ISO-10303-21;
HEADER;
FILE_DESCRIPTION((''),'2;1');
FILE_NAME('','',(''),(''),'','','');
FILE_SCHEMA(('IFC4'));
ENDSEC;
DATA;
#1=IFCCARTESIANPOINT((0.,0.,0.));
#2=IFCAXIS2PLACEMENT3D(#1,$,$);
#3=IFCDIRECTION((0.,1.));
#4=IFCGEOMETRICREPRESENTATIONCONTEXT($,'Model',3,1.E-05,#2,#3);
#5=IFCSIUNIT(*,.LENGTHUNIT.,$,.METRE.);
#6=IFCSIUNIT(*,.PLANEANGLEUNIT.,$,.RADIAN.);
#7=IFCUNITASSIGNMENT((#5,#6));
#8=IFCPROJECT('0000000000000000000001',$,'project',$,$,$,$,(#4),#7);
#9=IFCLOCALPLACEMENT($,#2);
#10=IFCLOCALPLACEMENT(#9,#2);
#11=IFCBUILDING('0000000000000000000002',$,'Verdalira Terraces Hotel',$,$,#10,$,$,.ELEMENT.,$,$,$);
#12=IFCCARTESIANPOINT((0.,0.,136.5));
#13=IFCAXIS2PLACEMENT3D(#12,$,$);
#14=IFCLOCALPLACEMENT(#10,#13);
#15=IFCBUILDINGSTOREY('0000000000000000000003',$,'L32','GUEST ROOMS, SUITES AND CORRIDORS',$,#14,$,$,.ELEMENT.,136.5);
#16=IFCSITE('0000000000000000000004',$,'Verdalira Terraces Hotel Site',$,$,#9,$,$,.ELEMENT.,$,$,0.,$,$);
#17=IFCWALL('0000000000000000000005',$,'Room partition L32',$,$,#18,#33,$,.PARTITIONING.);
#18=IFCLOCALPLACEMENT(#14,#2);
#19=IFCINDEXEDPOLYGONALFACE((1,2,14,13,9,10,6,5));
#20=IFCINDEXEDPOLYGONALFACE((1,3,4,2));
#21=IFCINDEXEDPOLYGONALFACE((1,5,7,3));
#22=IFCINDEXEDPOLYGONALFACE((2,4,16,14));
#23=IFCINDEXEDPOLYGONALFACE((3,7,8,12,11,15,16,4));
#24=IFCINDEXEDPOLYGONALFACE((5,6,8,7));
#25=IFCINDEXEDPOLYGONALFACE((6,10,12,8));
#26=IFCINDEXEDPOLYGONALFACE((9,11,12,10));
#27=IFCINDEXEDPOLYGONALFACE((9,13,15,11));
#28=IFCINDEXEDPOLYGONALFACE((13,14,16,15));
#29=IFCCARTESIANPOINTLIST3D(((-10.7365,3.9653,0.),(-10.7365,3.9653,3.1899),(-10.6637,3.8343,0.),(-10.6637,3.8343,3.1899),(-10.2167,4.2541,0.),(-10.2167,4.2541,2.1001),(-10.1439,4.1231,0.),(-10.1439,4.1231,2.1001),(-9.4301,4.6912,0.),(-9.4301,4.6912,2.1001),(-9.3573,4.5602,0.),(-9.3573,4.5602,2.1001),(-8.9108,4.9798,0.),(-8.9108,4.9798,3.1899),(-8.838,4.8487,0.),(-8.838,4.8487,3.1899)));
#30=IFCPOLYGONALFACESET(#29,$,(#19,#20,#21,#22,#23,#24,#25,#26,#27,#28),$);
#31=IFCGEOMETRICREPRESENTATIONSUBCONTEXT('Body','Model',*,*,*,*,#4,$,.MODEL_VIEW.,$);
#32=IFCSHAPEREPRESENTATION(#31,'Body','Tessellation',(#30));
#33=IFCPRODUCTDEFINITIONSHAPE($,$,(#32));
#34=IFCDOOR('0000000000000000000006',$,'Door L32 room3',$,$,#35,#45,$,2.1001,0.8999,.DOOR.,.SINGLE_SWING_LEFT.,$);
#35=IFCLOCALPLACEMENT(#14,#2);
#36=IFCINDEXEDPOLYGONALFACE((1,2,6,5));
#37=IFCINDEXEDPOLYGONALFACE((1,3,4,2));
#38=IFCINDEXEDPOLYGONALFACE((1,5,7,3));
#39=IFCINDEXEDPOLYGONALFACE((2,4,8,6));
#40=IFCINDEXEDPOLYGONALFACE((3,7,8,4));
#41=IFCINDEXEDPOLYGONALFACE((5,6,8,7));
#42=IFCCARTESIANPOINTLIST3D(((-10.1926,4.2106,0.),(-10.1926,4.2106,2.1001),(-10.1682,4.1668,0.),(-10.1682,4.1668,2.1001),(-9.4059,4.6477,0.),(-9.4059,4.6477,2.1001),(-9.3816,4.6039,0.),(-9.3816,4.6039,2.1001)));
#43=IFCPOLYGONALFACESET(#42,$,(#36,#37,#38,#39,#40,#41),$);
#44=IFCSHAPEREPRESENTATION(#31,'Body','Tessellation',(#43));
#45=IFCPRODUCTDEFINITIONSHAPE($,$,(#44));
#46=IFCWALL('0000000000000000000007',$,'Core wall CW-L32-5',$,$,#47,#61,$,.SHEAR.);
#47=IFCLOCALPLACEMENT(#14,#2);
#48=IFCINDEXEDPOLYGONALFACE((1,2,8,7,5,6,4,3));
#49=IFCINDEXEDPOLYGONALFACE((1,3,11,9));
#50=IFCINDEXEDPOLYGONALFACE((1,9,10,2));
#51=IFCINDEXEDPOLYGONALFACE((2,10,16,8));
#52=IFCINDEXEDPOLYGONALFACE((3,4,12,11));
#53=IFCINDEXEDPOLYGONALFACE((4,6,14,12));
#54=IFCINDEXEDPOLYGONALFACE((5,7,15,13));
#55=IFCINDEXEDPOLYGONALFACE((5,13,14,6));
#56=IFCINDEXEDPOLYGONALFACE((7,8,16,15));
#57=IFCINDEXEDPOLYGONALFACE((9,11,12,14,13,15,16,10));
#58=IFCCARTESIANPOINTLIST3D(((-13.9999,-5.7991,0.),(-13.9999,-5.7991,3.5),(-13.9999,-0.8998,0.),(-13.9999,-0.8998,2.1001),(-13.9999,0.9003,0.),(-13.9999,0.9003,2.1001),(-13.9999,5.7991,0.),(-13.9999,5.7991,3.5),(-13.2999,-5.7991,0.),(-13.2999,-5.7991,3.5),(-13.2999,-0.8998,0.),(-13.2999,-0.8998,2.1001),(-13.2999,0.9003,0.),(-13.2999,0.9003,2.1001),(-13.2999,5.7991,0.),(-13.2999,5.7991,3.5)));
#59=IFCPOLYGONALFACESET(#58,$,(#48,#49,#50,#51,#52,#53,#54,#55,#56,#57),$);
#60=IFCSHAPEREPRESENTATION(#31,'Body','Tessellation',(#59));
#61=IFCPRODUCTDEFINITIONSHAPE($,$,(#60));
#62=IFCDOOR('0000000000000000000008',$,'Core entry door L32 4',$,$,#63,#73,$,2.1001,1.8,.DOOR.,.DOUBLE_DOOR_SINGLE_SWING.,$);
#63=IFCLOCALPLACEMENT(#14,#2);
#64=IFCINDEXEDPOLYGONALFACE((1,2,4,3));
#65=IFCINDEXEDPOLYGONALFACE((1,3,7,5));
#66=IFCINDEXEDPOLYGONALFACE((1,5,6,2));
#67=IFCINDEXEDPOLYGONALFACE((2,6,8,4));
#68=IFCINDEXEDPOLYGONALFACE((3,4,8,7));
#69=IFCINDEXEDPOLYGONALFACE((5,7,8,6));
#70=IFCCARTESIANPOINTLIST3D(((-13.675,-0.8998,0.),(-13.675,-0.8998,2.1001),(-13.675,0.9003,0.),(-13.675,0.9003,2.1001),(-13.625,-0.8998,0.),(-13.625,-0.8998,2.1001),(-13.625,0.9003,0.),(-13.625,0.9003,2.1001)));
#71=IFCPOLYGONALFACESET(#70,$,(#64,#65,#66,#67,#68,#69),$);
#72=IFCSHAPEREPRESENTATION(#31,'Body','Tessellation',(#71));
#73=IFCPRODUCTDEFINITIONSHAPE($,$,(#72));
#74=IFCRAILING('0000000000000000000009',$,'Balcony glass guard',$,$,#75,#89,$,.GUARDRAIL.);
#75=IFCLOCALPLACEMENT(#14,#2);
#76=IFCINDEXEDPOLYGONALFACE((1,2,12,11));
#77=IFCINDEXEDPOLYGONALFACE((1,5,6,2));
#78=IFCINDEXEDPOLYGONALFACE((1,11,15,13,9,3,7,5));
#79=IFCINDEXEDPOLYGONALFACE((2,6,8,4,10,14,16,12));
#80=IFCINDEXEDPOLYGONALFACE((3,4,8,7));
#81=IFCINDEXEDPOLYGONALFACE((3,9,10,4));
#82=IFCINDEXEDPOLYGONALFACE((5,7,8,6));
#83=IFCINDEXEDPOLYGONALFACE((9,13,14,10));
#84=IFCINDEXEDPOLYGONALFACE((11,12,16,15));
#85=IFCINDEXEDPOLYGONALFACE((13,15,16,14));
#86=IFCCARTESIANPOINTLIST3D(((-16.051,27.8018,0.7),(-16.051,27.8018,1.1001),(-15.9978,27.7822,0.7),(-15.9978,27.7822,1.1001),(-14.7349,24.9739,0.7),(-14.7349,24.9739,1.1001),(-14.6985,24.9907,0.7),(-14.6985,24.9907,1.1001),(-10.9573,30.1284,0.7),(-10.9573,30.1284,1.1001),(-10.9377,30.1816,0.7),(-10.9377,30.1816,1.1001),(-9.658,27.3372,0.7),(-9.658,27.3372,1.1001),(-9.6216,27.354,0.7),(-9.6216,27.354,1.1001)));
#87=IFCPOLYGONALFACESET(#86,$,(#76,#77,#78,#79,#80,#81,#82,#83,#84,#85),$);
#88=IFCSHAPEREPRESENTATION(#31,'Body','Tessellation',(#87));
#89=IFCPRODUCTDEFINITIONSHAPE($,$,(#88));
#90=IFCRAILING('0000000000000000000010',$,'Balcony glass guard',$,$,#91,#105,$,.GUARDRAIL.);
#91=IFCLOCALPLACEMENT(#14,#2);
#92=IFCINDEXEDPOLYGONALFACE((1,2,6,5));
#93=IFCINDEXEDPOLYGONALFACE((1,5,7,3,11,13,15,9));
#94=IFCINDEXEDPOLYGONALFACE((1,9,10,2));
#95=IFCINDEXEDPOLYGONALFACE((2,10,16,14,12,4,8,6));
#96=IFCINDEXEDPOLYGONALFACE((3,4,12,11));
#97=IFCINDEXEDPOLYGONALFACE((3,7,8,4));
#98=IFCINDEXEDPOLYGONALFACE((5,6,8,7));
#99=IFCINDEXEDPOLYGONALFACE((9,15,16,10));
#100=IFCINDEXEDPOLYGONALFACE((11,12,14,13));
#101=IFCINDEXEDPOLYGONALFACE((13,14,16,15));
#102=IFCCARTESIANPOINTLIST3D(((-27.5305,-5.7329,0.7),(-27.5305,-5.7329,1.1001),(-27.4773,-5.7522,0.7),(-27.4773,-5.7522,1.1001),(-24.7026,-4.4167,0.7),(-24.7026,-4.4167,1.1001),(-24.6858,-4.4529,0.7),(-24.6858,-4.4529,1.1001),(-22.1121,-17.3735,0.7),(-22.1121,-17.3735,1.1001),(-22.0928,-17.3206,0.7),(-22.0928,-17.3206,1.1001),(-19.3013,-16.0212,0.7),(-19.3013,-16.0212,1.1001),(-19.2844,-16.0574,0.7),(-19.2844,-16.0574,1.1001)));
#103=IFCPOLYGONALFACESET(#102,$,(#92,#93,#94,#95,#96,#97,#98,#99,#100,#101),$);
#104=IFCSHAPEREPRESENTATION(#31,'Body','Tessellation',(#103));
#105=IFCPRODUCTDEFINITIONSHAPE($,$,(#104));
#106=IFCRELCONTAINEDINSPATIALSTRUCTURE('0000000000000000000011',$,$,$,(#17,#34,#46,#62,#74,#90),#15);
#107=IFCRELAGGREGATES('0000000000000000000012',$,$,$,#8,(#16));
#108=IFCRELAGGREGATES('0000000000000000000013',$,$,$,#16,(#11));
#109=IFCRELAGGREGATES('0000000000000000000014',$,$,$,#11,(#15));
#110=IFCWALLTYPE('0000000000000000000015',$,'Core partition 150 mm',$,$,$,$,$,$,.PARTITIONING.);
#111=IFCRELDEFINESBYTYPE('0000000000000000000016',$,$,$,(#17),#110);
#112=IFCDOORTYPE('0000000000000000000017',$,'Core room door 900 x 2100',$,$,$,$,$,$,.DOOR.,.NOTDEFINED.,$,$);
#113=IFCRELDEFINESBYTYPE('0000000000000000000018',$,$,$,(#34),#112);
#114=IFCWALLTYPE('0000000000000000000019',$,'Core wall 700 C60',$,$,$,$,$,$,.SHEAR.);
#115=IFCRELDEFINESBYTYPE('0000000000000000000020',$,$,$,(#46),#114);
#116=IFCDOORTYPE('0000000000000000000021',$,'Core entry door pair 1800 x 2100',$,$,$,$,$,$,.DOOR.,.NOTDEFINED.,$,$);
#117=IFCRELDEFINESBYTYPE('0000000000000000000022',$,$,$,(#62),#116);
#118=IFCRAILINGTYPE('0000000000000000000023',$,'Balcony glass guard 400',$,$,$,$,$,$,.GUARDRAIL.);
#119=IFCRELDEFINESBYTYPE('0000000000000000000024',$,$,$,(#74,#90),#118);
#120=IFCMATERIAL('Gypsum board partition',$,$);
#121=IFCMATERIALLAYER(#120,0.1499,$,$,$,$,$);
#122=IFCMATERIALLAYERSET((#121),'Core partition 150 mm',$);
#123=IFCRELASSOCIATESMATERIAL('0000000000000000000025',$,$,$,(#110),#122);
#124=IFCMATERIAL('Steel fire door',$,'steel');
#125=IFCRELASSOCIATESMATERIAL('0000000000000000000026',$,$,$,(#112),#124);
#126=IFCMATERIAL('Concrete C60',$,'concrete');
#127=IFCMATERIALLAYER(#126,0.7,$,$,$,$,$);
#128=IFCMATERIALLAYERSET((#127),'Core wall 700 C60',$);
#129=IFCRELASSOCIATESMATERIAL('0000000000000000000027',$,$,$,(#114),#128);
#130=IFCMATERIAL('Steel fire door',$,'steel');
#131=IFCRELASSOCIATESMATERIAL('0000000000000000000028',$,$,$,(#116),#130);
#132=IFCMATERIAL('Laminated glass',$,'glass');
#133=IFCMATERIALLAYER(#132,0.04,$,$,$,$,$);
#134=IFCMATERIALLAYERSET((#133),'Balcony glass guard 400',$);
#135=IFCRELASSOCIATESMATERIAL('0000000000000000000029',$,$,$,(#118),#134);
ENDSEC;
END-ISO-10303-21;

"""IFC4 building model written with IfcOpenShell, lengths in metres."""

from ifc_helpers import new_model, si_unit, direction, frame, frame_2d, origin, place, context, subcontext, project, spatial, polyline, rectangle, outline, extrude, material, layer, layer_set, type_object, element, fill, save


model = new_model("IFC4")

# Units and contexts
model_context = context("Model", 3, precision=1e-05, world=origin(), true_north=direction((0.0, 1.0)))
body_context = subcontext(model_context, "Body", "Model", "MODEL_VIEW")
ifc_project = project(units=[si_unit("LENGTHUNIT", "METRE"), si_unit("PLANEANGLEUNIT", "RADIAN")], contexts=[model_context])

# Site, building, storey
site_placement = place(None, origin())
site = spatial("IfcSite", under=ifc_project, at=site_placement, Name="Verdalira Terraces Hotel Site", CompositionType="ELEMENT", RefElevation=0.0)
building_placement = place(site_placement, origin())
building = spatial("IfcBuilding", under=site, at=building_placement, Name="Verdalira Terraces Hotel", CompositionType="ELEMENT")
storey_placement = place(building_placement, frame((0.0, 0.0, 136.5)))
storey = spatial("IfcBuildingStorey", under=building, at=storey_placement, Name="L32", Description="GUEST ROOMS, SUITES AND CORRIDORS", CompositionType="ELEMENT", Elevation=136.5)

# Walls, openings, doors
ifc_material_1 = material(Name="Gypsum board partition")
ifc_layer_1 = layer(ifc_material_1, 0.1499)
ifc_layer_set_1 = layer_set([ifc_layer_1], Name="Core partition 150 mm")
wall_type_1 = type_object("IfcWallType", Name="Core partition 150 mm", PredefinedType="PARTITIONING", material=ifc_layer_set_1)
wall_1_placement = place(storey_placement, frame((-8.8743, 4.9143, 0.0), z_axis=(0.0, 0.0, 1.0), x_axis=(-0.87413, -0.485693, 0.0)))
wall_1 = element("IfcWall", 1, at=wall_1_placement, inside=storey, type_object=wall_type_1, Name="Room partition L32", PredefinedType="PARTITIONING", context=body_context, shape_type="SweptSolid", body=[
    extrude(rectangle(XDim=2.0886, YDim=0.1499, at=frame_2d((1.0444, 0.0))), origin(), (0.0, 0.0, 1.0), 3.1899),
])
opening_1_placement = place(wall_1_placement, frame((0.5942, 0.0, 0.0)))
opening_1 = element("IfcOpeningElement", 2, at=opening_1_placement, cuts=wall_1, PredefinedType="OPENING", context=body_context, shape_type="SweptSolid", body=[
    extrude(rectangle(XDim=0.8999, YDim=2.1001, at=frame_2d((0.45, 1.05))), frame((0.0, 0.085, 0.0), z_axis=(0.0, -1.0, 0.0), x_axis=(1.0, 0.0, 0.0)), (0.0, 0.0, 1.0), 0.1699),
])
ifc_material_2 = material(Name="Steel fire door", Category="steel")
door_type_1 = type_object("IfcDoorType", Name="Core room door 900 x 2100", OperationType="NOTDEFINED", PredefinedType="DOOR", material=ifc_material_2)
door_1_placement = place(opening_1_placement, origin())
door_1 = element("IfcDoor", 3, at=door_1_placement, inside=storey, type_object=door_type_1, Name="Door L32 room3", OperationType="SINGLE_SWING_LEFT", OverallHeight=2.1001, OverallWidth=0.8999, PredefinedType="DOOR", context=body_context, shape_type="SweptSolid", body=[
    extrude(rectangle(XDim=0.8999, YDim=2.1001, at=frame_2d((0.45, 1.05))), frame((0.0, 0.0249, 0.0), z_axis=(0.0, -1.0, 0.0), x_axis=(1.0, 0.0, 0.0)), (0.0, 0.0, 1.0), 0.05),
])
fill(opening_1, door_1)
ifc_material_3 = material(Name="Concrete C60", Category="concrete")
ifc_layer_2 = layer(ifc_material_3, 0.7)
ifc_layer_set_2 = layer_set([ifc_layer_2], Name="Core wall 700 C60")
wall_type_2 = type_object("IfcWallType", Name="Core wall 700 C60", PredefinedType="SHEAR", material=ifc_layer_set_2)
wall_2_placement = place(storey_placement, frame((-13.6499, 5.7991, 0.0), z_axis=(0.0, 0.0, 1.0), x_axis=(0.0, -1.0, 0.0)))
wall_2 = element("IfcWall", 4, at=wall_2_placement, inside=storey, type_object=wall_type_2, Name="Core wall CW-L32-5", PredefinedType="SHEAR", context=body_context, shape_type="SweptSolid", body=[
    extrude(rectangle(XDim=11.5981, YDim=0.7, at=frame_2d((5.7991, 0.0))), origin(), (0.0, 0.0, 1.0), 3.5),
])
opening_2_placement = place(wall_2_placement, frame((4.8989, 0.0, 0.0)))
opening_2 = element("IfcOpeningElement", 5, at=opening_2_placement, cuts=wall_2, PredefinedType="OPENING", context=body_context, shape_type="SweptSolid", body=[
    extrude(rectangle(XDim=1.8, YDim=2.1001, at=frame_2d((0.8999, 1.05))), frame((0.0, 0.3599, 0.0), z_axis=(0.0, -1.0, 0.0), x_axis=(1.0, 0.0, 0.0)), (0.0, 0.0, 1.0), 0.72),
])
ifc_material_4 = material(Name="Steel fire door", Category="steel")
door_type_2 = type_object("IfcDoorType", Name="Core entry door pair 1800 x 2100", OperationType="NOTDEFINED", PredefinedType="DOOR", material=ifc_material_4)
door_2_placement = place(opening_2_placement, origin())
door_2 = element("IfcDoor", 6, at=door_2_placement, inside=storey, type_object=door_type_2, Name="Core entry door L32 4", OperationType="DOUBLE_DOOR_SINGLE_SWING", OverallHeight=2.1001, OverallWidth=1.8, PredefinedType="DOOR", context=body_context, shape_type="SweptSolid", body=[
    extrude(rectangle(XDim=1.8, YDim=2.1001, at=frame_2d((0.8999, 1.05))), frame((0.0, 0.0249, 0.0), z_axis=(0.0, -1.0, 0.0), x_axis=(1.0, 0.0, 0.0)), (0.0, 0.0, 1.0), 0.05),
])
fill(opening_2, door_2)

# Railings
ifc_material_5 = material(Name="Laminated glass", Category="glass")
ifc_layer_3 = layer(ifc_material_5, 0.04)
ifc_layer_set_3 = layer_set([ifc_layer_3], Name="Balcony glass guard 400")
railing_type = type_object("IfcRailingType", Name="Balcony glass guard 400", PredefinedType="GUARDRAIL", material=ifc_layer_set_3)
railing_1_placement = place(storey_placement, frame((0.0, 0.0, 0.7)))
element("IfcRailing", 7, at=railing_1_placement, inside=storey, type_object=railing_type, Name="Balcony glass guard", PredefinedType="GUARDRAIL", context=body_context, shape_type="SweptSolid", body=[
    extrude(outline(polyline([(-10.9573, 30.1284), (-15.9978, 27.7822), (-14.6985, 24.9907), (-14.7349, 24.9739), (-16.051, 27.8018), (-10.9377, 30.1816), (-9.6216, 27.354), (-9.658, 27.3372), (-10.9573, 30.1284)])), origin(), (0.0, 0.0, 1.0), 0.4001),
])
railing_2_placement = place(storey_placement, frame((0.0, 0.0, 0.7)))
element("IfcRailing", 8, at=railing_2_placement, inside=storey, type_object=railing_type, Name="Balcony glass guard", PredefinedType="GUARDRAIL", context=body_context, shape_type="SweptSolid", body=[
    extrude(outline(polyline([(-27.4773, -5.7522), (-22.0928, -17.3206), (-19.3013, -16.0212), (-19.2844, -16.0574), (-22.1121, -17.3735), (-27.5305, -5.7329), (-24.7026, -4.4167), (-24.6858, -4.4529), (-27.4773, -5.7522)])), origin(), (0.0, 0.0, 1.0), 0.4001),
])

save(model, "model.ifc")
